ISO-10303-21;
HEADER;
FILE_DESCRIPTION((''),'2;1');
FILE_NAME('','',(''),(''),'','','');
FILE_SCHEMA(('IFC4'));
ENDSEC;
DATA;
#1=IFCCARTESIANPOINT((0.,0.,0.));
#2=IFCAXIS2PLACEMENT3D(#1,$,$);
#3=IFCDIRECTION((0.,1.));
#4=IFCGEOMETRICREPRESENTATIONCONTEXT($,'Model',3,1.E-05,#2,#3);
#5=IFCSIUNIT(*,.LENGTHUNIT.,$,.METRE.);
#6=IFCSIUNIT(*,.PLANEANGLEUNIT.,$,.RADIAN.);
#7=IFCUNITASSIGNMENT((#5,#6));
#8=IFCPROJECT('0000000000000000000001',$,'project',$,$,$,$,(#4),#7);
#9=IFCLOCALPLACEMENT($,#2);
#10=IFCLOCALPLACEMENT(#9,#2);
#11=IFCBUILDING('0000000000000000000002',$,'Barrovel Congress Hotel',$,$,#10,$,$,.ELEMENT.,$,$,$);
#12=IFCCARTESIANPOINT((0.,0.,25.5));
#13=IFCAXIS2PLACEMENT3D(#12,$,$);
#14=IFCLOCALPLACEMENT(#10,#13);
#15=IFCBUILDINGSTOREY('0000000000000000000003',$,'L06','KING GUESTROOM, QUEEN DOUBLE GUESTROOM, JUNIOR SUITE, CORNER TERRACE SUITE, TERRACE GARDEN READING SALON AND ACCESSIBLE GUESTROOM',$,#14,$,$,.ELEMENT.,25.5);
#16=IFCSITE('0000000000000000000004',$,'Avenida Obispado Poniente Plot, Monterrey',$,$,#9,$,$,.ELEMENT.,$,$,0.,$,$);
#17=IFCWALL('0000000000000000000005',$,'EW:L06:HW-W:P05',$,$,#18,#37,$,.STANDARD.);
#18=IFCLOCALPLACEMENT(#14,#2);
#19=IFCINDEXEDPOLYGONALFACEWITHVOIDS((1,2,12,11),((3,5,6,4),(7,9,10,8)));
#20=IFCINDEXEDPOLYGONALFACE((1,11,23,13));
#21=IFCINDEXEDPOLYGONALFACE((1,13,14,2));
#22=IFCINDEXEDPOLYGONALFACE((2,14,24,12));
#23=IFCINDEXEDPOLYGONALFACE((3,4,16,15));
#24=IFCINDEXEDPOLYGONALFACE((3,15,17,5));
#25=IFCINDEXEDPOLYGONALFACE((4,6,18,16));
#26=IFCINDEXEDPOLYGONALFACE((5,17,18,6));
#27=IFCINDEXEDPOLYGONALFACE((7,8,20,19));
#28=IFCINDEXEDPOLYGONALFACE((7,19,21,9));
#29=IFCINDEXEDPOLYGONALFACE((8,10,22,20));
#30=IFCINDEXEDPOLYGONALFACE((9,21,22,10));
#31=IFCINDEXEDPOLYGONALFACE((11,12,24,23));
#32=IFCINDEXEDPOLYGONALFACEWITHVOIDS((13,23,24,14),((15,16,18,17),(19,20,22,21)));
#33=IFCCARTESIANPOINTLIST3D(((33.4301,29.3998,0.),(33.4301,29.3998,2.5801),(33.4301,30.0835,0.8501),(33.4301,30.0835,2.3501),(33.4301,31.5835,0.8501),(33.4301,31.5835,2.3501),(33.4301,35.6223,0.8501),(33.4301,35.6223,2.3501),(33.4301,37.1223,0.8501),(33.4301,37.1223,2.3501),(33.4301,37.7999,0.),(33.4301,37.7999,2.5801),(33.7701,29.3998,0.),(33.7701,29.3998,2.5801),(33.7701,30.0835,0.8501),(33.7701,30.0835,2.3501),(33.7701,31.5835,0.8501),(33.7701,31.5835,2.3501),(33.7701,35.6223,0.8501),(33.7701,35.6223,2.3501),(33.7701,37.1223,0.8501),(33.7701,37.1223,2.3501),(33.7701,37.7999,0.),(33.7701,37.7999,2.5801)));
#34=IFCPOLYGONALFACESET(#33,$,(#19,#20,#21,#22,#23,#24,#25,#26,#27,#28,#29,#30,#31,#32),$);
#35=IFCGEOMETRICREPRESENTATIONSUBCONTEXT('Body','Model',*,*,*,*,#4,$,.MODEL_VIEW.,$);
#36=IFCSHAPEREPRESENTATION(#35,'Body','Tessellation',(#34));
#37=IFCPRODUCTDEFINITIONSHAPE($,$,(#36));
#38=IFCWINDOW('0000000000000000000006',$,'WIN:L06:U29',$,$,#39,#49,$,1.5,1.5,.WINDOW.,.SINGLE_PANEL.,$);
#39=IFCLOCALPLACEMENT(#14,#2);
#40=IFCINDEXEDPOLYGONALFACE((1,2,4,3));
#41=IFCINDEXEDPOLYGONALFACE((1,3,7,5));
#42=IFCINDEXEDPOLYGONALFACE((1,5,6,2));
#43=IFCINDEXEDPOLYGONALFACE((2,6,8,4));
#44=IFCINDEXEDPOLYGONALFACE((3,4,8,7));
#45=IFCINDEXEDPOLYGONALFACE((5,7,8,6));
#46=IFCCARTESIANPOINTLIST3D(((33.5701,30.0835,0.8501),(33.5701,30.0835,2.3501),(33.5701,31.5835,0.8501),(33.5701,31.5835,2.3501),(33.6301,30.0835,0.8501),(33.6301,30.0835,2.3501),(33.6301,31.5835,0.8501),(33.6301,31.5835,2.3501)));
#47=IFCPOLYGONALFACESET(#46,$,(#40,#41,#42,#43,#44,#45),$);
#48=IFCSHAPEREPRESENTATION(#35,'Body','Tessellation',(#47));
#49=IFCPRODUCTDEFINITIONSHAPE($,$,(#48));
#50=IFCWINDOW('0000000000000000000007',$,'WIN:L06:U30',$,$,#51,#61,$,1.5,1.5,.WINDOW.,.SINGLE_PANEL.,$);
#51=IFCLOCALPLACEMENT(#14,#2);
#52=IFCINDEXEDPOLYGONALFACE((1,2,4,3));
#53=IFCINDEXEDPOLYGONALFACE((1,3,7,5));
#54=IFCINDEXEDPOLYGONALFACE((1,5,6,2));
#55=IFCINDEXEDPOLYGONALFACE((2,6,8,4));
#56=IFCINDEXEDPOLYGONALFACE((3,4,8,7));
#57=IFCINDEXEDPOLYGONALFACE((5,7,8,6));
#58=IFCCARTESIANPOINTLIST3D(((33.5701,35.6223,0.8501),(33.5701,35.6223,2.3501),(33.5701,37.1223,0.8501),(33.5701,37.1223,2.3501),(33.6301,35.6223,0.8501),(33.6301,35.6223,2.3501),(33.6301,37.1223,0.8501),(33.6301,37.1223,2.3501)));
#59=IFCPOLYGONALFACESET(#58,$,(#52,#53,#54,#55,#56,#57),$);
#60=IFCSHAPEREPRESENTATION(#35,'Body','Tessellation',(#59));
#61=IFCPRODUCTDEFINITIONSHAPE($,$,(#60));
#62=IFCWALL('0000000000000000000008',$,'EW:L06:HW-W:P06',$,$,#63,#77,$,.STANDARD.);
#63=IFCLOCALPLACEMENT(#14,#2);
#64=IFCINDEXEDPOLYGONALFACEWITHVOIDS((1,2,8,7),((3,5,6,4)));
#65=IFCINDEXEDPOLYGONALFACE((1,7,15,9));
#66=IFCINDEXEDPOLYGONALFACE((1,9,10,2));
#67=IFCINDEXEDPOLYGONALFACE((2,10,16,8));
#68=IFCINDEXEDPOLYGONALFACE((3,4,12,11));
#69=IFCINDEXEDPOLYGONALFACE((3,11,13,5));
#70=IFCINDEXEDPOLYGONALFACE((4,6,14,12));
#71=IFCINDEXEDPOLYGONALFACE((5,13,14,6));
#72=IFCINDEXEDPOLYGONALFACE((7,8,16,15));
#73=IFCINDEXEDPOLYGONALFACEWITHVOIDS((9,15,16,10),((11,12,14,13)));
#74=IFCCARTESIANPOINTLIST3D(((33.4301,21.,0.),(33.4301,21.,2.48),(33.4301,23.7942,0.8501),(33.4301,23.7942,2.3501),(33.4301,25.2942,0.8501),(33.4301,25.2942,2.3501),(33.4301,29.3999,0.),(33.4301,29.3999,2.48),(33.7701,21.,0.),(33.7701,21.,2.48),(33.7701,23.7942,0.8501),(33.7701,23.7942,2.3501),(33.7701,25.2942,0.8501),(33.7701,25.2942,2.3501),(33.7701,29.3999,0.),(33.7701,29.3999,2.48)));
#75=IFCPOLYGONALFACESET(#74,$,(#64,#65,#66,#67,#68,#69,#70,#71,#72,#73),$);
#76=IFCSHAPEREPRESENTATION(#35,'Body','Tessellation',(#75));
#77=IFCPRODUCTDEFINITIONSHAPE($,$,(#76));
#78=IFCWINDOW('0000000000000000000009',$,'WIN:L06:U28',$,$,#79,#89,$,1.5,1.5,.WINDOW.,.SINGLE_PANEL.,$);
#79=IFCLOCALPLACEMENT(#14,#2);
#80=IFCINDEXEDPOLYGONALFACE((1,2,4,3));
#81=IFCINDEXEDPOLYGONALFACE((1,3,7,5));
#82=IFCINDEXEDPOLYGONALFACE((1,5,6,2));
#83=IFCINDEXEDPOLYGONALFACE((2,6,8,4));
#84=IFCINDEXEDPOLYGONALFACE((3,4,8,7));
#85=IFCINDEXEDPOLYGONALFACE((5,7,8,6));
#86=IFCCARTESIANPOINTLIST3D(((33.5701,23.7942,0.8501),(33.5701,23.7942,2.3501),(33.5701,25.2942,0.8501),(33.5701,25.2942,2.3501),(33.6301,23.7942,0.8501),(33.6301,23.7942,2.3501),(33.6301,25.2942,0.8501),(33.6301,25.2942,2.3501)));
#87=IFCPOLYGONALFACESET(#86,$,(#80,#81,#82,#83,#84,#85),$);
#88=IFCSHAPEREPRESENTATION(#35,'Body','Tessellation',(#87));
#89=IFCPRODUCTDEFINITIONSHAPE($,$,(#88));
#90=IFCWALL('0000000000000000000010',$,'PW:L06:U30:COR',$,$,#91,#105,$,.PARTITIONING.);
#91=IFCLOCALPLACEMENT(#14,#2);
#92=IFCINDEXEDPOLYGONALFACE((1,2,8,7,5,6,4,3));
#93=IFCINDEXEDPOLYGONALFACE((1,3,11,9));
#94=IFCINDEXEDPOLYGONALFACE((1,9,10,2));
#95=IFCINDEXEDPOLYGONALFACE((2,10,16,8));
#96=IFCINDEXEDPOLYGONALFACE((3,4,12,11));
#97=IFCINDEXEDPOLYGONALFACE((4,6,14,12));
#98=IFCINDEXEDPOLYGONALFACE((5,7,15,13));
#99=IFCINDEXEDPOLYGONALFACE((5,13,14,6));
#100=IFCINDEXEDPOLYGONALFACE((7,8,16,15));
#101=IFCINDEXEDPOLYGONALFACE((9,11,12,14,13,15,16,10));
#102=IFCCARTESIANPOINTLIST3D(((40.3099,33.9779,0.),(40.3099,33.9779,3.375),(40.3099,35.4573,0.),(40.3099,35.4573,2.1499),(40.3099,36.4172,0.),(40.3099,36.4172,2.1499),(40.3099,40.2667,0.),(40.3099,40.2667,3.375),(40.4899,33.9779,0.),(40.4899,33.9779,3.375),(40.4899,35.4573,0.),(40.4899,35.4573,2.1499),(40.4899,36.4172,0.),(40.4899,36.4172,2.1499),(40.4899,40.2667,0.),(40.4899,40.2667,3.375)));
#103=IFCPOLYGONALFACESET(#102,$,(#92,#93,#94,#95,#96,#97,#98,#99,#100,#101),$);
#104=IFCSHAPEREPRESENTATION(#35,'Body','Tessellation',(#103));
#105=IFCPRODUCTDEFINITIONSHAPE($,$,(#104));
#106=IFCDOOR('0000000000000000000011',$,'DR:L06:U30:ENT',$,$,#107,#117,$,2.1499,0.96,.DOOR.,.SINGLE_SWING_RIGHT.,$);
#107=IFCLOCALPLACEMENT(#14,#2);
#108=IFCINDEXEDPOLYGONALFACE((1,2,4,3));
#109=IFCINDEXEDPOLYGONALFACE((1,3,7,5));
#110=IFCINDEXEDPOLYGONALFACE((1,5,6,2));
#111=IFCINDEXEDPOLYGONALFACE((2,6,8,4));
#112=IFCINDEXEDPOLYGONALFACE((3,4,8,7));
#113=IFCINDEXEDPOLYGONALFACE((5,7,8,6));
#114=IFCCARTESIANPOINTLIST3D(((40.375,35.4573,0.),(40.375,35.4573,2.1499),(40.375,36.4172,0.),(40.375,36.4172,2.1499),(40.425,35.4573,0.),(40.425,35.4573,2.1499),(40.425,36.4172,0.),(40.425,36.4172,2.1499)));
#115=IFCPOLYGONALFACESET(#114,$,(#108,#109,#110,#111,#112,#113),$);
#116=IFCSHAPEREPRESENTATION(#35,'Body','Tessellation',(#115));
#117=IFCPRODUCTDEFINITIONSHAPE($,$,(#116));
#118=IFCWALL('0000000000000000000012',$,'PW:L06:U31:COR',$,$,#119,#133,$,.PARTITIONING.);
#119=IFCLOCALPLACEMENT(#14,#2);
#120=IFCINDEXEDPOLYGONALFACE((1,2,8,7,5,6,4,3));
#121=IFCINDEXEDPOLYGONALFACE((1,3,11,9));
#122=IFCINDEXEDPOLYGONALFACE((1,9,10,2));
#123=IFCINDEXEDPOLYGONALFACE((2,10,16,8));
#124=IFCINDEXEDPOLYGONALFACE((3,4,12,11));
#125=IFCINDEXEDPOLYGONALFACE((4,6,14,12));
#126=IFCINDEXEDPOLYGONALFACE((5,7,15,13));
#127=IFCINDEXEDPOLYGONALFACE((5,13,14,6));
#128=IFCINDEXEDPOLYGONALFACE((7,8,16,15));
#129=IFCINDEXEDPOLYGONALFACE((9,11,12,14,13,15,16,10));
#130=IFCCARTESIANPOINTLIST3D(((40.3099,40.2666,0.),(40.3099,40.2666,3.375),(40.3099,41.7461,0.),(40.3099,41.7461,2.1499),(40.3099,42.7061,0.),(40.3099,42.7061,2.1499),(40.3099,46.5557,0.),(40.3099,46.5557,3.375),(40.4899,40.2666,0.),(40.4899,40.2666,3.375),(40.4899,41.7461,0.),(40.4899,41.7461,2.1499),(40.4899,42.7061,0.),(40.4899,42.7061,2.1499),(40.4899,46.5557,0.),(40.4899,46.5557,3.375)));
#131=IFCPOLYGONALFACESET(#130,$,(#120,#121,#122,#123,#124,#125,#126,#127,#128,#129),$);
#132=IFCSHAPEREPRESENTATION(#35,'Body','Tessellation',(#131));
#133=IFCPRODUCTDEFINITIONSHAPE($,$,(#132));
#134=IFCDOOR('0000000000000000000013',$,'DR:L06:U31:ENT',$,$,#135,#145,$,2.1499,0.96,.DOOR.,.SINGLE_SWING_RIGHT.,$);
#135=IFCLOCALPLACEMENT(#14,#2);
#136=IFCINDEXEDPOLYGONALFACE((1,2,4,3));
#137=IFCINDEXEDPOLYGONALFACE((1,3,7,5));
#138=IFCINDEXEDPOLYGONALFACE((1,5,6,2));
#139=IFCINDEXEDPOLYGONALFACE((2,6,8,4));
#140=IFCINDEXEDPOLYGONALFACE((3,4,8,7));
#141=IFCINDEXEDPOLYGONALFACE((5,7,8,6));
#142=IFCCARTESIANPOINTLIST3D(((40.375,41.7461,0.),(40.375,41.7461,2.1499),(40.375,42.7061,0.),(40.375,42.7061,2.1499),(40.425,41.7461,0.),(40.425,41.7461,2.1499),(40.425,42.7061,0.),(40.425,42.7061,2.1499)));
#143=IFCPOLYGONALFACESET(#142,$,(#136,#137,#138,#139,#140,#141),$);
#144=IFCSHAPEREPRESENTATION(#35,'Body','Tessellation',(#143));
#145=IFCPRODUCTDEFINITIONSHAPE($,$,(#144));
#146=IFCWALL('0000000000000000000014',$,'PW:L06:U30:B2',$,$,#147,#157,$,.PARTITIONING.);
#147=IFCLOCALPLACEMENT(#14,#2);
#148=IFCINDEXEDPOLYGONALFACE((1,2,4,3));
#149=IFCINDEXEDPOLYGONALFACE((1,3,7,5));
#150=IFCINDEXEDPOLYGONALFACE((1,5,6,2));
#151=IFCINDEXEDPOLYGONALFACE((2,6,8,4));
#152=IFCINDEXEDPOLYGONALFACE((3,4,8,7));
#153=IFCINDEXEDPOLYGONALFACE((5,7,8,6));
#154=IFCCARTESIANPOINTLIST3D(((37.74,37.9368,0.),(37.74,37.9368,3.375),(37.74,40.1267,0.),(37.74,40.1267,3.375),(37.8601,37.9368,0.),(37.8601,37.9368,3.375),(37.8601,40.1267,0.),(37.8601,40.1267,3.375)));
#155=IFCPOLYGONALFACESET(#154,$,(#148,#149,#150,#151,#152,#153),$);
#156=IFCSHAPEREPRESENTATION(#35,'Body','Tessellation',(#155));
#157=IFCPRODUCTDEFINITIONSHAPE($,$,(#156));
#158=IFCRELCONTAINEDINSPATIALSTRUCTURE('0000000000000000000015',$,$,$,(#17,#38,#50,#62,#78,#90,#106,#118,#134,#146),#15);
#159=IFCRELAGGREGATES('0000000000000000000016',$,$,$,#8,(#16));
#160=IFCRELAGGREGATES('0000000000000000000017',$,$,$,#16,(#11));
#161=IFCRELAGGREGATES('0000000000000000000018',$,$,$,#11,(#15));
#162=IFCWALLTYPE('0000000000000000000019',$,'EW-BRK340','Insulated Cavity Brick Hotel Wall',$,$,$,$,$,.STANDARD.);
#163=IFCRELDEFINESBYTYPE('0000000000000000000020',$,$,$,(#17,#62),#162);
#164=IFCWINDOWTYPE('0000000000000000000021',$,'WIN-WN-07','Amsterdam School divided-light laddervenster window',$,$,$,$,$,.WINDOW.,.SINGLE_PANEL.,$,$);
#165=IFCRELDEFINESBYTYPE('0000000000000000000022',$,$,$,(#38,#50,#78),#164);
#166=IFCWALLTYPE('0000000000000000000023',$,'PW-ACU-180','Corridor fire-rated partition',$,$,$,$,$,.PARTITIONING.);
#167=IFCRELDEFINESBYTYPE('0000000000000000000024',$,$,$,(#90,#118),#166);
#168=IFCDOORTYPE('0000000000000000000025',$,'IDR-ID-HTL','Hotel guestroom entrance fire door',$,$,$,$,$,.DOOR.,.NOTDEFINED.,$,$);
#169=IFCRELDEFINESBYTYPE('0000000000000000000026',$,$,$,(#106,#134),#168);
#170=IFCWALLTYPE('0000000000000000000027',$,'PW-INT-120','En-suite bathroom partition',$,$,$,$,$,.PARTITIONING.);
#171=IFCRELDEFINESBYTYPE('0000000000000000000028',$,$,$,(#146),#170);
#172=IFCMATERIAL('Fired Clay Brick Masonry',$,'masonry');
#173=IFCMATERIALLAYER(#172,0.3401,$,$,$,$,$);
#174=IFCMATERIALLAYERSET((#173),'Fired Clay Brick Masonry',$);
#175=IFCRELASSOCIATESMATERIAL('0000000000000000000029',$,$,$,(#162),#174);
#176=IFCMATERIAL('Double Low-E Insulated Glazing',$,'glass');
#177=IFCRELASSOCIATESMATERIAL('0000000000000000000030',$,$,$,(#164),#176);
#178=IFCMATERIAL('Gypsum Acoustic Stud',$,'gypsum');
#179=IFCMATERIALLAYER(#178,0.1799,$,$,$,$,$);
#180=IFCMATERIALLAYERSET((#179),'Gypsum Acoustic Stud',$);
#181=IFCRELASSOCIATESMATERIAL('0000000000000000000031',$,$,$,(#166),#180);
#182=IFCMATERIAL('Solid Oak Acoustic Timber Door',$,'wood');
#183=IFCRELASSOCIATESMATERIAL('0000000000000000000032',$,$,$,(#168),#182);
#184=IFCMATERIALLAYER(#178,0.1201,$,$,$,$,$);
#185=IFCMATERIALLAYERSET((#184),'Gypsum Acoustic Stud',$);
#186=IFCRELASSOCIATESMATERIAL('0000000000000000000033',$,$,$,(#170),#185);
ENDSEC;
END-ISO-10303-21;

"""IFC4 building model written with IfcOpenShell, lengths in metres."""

from ifc_helpers import new_model, si_unit, direction, frame, frame_2d, origin, place, context, subcontext, project, spatial, rectangle, extrude, material, layer, layer_set, type_object, element, fill, save


model = new_model("IFC4")

# Units and contexts
model_context = context("Model", 3, precision=1e-05, world=origin(), true_north=direction((0.0, 1.0)))
body_context = subcontext(model_context, "Body", "Model", "MODEL_VIEW")
ifc_project = project(units=[si_unit("LENGTHUNIT", "METRE"), si_unit("PLANEANGLEUNIT", "RADIAN")], contexts=[model_context])

# Site, building, storey
site_placement = place(None, origin())
site = spatial("IfcSite", under=ifc_project, at=site_placement, Name="Avenida Obispado Poniente Plot, Monterrey", CompositionType="ELEMENT", RefElevation=0.0)
building_placement = place(site_placement, origin())
building = spatial("IfcBuilding", under=site, at=building_placement, Name="Barrovel Congress Hotel", CompositionType="ELEMENT")
storey_placement = place(building_placement, frame((0.0, 0.0, 25.5)))
storey = spatial("IfcBuildingStorey", under=building, at=storey_placement, Name="L06", Description="KING GUESTROOM, QUEEN DOUBLE GUESTROOM, JUNIOR SUITE, CORNER TERRACE SUITE, TERRACE GARDEN READING SALON AND ACCESSIBLE GUESTROOM", CompositionType="ELEMENT", Elevation=25.5)

# Wall, openings, windows
ifc_material_1 = material(Name="Fired Clay Brick Masonry", Category="masonry")
ifc_layer_1 = layer(ifc_material_1, 0.3401)
ifc_layer_set_1 = layer_set([ifc_layer_1], Name="Fired Clay Brick Masonry")
wall_type_1 = type_object("IfcWallType", Name="EW-BRK340", Description="Insulated Cavity Brick Hotel Wall", PredefinedType="STANDARD", material=ifc_layer_set_1)
wall_1_placement = place(storey_placement, frame((33.6001, 37.8, 0.0), z_axis=(0.0, 0.0, 1.0), x_axis=(0.0, -1.0, 0.0)))
wall_1 = element("IfcWall", 1, at=wall_1_placement, inside=storey, type_object=wall_type_1, Name="EW:L06:HW-W:P05", PredefinedType="STANDARD", context=body_context, shape_type="SweptSolid", body=[
    extrude(rectangle(XDim=8.4001, YDim=0.3401, at=frame_2d((4.2002, 0.0))), origin(), (0.0, 0.0, 1.0), 2.5801),
])
opening_1_placement = place(wall_1_placement, frame((6.2166, 0.0, 0.8501)))
opening_1 = element("IfcOpeningElement", 2, at=opening_1_placement, cuts=wall_1, PredefinedType="OPENING", context=body_context, shape_type="SweptSolid", body=[
    extrude(rectangle(XDim=1.5, YDim=1.5, at=frame_2d((0.75, 0.75))), frame((0.0, 0.1802, 0.0), z_axis=(0.0, -1.0, 0.0), x_axis=(1.0, 0.0, 0.0)), (0.0, 0.0, 1.0), 0.3601),
])
opening_2_placement = place(wall_1_placement, frame((0.6777, 0.0, 0.8501)))
opening_2 = element("IfcOpeningElement", 3, at=opening_2_placement, cuts=wall_1, PredefinedType="OPENING", context=body_context, shape_type="SweptSolid", body=[
    extrude(rectangle(XDim=1.5, YDim=1.5, at=frame_2d((0.75, 0.75))), frame((0.0, 0.1802, 0.0), z_axis=(0.0, -1.0, 0.0), x_axis=(1.0, 0.0, 0.0)), (0.0, 0.0, 1.0), 0.3601),
])
ifc_material_2 = material(Name="Double Low-E Insulated Glazing", Category="glass")
window_type = type_object("IfcWindowType", Name="WIN-WN-07", Description="Amsterdam School divided-light laddervenster window", PartitioningType="SINGLE_PANEL", PredefinedType="WINDOW", material=ifc_material_2)
window_1_placement = place(opening_1_placement, origin())
window_1 = element("IfcWindow", 4, at=window_1_placement, inside=storey, type_object=window_type, Name="WIN:L06:U29", OverallHeight=1.5, OverallWidth=1.5, PartitioningType="SINGLE_PANEL", PredefinedType="WINDOW", context=body_context, shape_type="SweptSolid", body=[
    extrude(rectangle(XDim=1.5, YDim=1.5, at=frame_2d((0.75, 0.75))), frame((0.0, 0.03, 0.0), z_axis=(0.0, -1.0, 0.0), x_axis=(1.0, 0.0, 0.0)), (0.0, 0.0, 1.0), 0.0601),
])
fill(opening_1, window_1)
window_2_placement = place(opening_2_placement, origin())
window_2 = element("IfcWindow", 5, at=window_2_placement, inside=storey, type_object=window_type, Name="WIN:L06:U30", OverallHeight=1.5, OverallWidth=1.5, PartitioningType="SINGLE_PANEL", PredefinedType="WINDOW", context=body_context, shape_type="SweptSolid", body=[
    extrude(rectangle(XDim=1.5, YDim=1.5, at=frame_2d((0.75, 0.75))), frame((0.0, 0.03, 0.0), z_axis=(0.0, -1.0, 0.0), x_axis=(1.0, 0.0, 0.0)), (0.0, 0.0, 1.0), 0.0601),
])
fill(opening_2, window_2)

# Wall, opening, window
wall_2_placement = place(storey_placement, frame((33.6001, 29.3999, 0.0), z_axis=(0.0, 0.0, 1.0), x_axis=(0.0, -1.0, 0.0)))
wall_2 = element("IfcWall", 6, at=wall_2_placement, inside=storey, type_object=wall_type_1, Name="EW:L06:HW-W:P06", PredefinedType="STANDARD", context=body_context, shape_type="SweptSolid", body=[
    extrude(rectangle(XDim=8.3999, YDim=0.3401, at=frame_2d((4.2, 0.0))), origin(), (0.0, 0.0, 1.0), 2.48),
])
opening_3_placement = place(wall_2_placement, frame((4.1057, 0.0, 0.8501)))
opening_3 = element("IfcOpeningElement", 7, at=opening_3_placement, cuts=wall_2, PredefinedType="OPENING", context=body_context, shape_type="SweptSolid", body=[
    extrude(rectangle(XDim=1.5, YDim=1.5, at=frame_2d((0.75, 0.75))), frame((0.0, 0.1802, 0.0), z_axis=(0.0, -1.0, 0.0), x_axis=(1.0, 0.0, 0.0)), (0.0, 0.0, 1.0), 0.3601),
])
window_3_placement = place(opening_3_placement, origin())
window_3 = element("IfcWindow", 8, at=window_3_placement, inside=storey, type_object=window_type, Name="WIN:L06:U28", OverallHeight=1.5, OverallWidth=1.5, PartitioningType="SINGLE_PANEL", PredefinedType="WINDOW", context=body_context, shape_type="SweptSolid", body=[
    extrude(rectangle(XDim=1.5, YDim=1.5, at=frame_2d((0.75, 0.75))), frame((0.0, 0.03, 0.0), z_axis=(0.0, -1.0, 0.0), x_axis=(1.0, 0.0, 0.0)), (0.0, 0.0, 1.0), 0.0601),
])
fill(opening_3, window_3)

# Walls, openings, doors
ifc_material_3 = material(Name="Gypsum Acoustic Stud", Category="gypsum")
ifc_layer_2 = layer(ifc_material_3, 0.1799)
ifc_layer_set_2 = layer_set([ifc_layer_2], Name="Gypsum Acoustic Stud")
wall_type_2 = type_object("IfcWallType", Name="PW-ACU-180", Description="Corridor fire-rated partition", PredefinedType="PARTITIONING", material=ifc_layer_set_2)
wall_3_placement = place(storey_placement, frame((40.3999, 33.9778, 0.0), z_axis=(0.0, 0.0, 1.0), x_axis=(0.0, 1.0, 0.0)))
wall_3 = element("IfcWall", 9, at=wall_3_placement, inside=storey, type_object=wall_type_2, Name="PW:L06:U30:COR", PredefinedType="PARTITIONING", context=body_context, shape_type="SweptSolid", body=[
    extrude(rectangle(XDim=6.2888, YDim=0.1799, at=frame_2d((3.1445, 0.0))), origin(), (0.0, 0.0, 1.0), 3.375),
])
opening_4_placement = place(wall_3_placement, frame((1.4795, 0.0, 0.0)))
opening_4 = element("IfcOpeningElement", 10, at=opening_4_placement, cuts=wall_3, PredefinedType="OPENING", context=body_context, shape_type="SweptSolid", body=[
    extrude(rectangle(XDim=0.96, YDim=2.1499, at=frame_2d((0.48, 1.075))), frame((0.0, 0.1001, 0.0), z_axis=(0.0, -1.0, 0.0), x_axis=(1.0, 0.0, 0.0)), (0.0, 0.0, 1.0), 0.2),
])
ifc_material_4 = material(Name="Solid Oak Acoustic Timber Door", Category="wood")
door_type_1 = type_object("IfcDoorType", Name="IDR-ID-HTL", Description="Hotel guestroom entrance fire door", OperationType="NOTDEFINED", PredefinedType="DOOR", material=ifc_material_4)
door_1_placement = place(opening_4_placement, origin())
door_1 = element("IfcDoor", 11, at=door_1_placement, inside=storey, type_object=door_type_1, Name="DR:L06:U30:ENT", OperationType="SINGLE_SWING_RIGHT", OverallHeight=2.1499, OverallWidth=0.96, PredefinedType="DOOR", context=body_context, shape_type="SweptSolid", body=[
    extrude(rectangle(XDim=0.96, YDim=2.1499, at=frame_2d((0.48, 1.075))), frame((0.0, 0.0249, 0.0), z_axis=(0.0, -1.0, 0.0), x_axis=(1.0, 0.0, 0.0)), (0.0, 0.0, 1.0), 0.05),
])
fill(opening_4, door_1)
wall_4_placement = place(storey_placement, frame((40.3999, 40.2666, 0.0), z_axis=(0.0, 0.0, 1.0), x_axis=(0.0, 1.0, 0.0)))
wall_4 = element("IfcWall", 12, at=wall_4_placement, inside=storey, type_object=wall_type_2, Name="PW:L06:U31:COR", PredefinedType="PARTITIONING", context=body_context, shape_type="SweptSolid", body=[
    extrude(rectangle(XDim=6.2891, YDim=0.1799, at=frame_2d((3.1445, 0.0))), origin(), (0.0, 0.0, 1.0), 3.375),
])
opening_5_placement = place(wall_4_placement, frame((1.4795, 0.0, 0.0)))
opening_5 = element("IfcOpeningElement", 13, at=opening_5_placement, cuts=wall_4, PredefinedType="OPENING", context=body_context, shape_type="SweptSolid", body=[
    extrude(rectangle(XDim=0.96, YDim=2.1499, at=frame_2d((0.48, 1.075))), frame((0.0, 0.1001, 0.0), z_axis=(0.0, -1.0, 0.0), x_axis=(1.0, 0.0, 0.0)), (0.0, 0.0, 1.0), 0.2),
])
door_2_placement = place(opening_5_placement, origin())
door_2 = element("IfcDoor", 14, at=door_2_placement, inside=storey, type_object=door_type_1, Name="DR:L06:U31:ENT", OperationType="SINGLE_SWING_RIGHT", OverallHeight=2.1499, OverallWidth=0.96, PredefinedType="DOOR", context=body_context, shape_type="SweptSolid", body=[
    extrude(rectangle(XDim=0.96, YDim=2.1499, at=frame_2d((0.48, 1.075))), frame((0.0, 0.0249, 0.0), z_axis=(0.0, -1.0, 0.0), x_axis=(1.0, 0.0, 0.0)), (0.0, 0.0, 1.0), 0.05),
])
fill(opening_5, door_2)

# Wall
ifc_layer_3 = layer(ifc_material_3, 0.1201)
ifc_layer_set_3 = layer_set([ifc_layer_3], Name="Gypsum Acoustic Stud")
wall_type_3 = type_object("IfcWallType", Name="PW-INT-120", Description="En-suite bathroom partition", PredefinedType="PARTITIONING", material=ifc_layer_set_3)
wall_5_placement = place(storey_placement, frame((37.8, 37.9368, 0.0), z_axis=(0.0, 0.0, 1.0), x_axis=(0.0, 1.0, 0.0)))
element("IfcWall", 15, at=wall_5_placement, inside=storey, type_object=wall_type_3, Name="PW:L06:U30:B2", PredefinedType="PARTITIONING", context=body_context, shape_type="SweptSolid", body=[
    extrude(rectangle(XDim=2.1899, YDim=0.1201, at=frame_2d((1.095, 0.0))), origin(), (0.0, 0.0, 1.0), 3.375),
])

save(model, "model.ifc")
